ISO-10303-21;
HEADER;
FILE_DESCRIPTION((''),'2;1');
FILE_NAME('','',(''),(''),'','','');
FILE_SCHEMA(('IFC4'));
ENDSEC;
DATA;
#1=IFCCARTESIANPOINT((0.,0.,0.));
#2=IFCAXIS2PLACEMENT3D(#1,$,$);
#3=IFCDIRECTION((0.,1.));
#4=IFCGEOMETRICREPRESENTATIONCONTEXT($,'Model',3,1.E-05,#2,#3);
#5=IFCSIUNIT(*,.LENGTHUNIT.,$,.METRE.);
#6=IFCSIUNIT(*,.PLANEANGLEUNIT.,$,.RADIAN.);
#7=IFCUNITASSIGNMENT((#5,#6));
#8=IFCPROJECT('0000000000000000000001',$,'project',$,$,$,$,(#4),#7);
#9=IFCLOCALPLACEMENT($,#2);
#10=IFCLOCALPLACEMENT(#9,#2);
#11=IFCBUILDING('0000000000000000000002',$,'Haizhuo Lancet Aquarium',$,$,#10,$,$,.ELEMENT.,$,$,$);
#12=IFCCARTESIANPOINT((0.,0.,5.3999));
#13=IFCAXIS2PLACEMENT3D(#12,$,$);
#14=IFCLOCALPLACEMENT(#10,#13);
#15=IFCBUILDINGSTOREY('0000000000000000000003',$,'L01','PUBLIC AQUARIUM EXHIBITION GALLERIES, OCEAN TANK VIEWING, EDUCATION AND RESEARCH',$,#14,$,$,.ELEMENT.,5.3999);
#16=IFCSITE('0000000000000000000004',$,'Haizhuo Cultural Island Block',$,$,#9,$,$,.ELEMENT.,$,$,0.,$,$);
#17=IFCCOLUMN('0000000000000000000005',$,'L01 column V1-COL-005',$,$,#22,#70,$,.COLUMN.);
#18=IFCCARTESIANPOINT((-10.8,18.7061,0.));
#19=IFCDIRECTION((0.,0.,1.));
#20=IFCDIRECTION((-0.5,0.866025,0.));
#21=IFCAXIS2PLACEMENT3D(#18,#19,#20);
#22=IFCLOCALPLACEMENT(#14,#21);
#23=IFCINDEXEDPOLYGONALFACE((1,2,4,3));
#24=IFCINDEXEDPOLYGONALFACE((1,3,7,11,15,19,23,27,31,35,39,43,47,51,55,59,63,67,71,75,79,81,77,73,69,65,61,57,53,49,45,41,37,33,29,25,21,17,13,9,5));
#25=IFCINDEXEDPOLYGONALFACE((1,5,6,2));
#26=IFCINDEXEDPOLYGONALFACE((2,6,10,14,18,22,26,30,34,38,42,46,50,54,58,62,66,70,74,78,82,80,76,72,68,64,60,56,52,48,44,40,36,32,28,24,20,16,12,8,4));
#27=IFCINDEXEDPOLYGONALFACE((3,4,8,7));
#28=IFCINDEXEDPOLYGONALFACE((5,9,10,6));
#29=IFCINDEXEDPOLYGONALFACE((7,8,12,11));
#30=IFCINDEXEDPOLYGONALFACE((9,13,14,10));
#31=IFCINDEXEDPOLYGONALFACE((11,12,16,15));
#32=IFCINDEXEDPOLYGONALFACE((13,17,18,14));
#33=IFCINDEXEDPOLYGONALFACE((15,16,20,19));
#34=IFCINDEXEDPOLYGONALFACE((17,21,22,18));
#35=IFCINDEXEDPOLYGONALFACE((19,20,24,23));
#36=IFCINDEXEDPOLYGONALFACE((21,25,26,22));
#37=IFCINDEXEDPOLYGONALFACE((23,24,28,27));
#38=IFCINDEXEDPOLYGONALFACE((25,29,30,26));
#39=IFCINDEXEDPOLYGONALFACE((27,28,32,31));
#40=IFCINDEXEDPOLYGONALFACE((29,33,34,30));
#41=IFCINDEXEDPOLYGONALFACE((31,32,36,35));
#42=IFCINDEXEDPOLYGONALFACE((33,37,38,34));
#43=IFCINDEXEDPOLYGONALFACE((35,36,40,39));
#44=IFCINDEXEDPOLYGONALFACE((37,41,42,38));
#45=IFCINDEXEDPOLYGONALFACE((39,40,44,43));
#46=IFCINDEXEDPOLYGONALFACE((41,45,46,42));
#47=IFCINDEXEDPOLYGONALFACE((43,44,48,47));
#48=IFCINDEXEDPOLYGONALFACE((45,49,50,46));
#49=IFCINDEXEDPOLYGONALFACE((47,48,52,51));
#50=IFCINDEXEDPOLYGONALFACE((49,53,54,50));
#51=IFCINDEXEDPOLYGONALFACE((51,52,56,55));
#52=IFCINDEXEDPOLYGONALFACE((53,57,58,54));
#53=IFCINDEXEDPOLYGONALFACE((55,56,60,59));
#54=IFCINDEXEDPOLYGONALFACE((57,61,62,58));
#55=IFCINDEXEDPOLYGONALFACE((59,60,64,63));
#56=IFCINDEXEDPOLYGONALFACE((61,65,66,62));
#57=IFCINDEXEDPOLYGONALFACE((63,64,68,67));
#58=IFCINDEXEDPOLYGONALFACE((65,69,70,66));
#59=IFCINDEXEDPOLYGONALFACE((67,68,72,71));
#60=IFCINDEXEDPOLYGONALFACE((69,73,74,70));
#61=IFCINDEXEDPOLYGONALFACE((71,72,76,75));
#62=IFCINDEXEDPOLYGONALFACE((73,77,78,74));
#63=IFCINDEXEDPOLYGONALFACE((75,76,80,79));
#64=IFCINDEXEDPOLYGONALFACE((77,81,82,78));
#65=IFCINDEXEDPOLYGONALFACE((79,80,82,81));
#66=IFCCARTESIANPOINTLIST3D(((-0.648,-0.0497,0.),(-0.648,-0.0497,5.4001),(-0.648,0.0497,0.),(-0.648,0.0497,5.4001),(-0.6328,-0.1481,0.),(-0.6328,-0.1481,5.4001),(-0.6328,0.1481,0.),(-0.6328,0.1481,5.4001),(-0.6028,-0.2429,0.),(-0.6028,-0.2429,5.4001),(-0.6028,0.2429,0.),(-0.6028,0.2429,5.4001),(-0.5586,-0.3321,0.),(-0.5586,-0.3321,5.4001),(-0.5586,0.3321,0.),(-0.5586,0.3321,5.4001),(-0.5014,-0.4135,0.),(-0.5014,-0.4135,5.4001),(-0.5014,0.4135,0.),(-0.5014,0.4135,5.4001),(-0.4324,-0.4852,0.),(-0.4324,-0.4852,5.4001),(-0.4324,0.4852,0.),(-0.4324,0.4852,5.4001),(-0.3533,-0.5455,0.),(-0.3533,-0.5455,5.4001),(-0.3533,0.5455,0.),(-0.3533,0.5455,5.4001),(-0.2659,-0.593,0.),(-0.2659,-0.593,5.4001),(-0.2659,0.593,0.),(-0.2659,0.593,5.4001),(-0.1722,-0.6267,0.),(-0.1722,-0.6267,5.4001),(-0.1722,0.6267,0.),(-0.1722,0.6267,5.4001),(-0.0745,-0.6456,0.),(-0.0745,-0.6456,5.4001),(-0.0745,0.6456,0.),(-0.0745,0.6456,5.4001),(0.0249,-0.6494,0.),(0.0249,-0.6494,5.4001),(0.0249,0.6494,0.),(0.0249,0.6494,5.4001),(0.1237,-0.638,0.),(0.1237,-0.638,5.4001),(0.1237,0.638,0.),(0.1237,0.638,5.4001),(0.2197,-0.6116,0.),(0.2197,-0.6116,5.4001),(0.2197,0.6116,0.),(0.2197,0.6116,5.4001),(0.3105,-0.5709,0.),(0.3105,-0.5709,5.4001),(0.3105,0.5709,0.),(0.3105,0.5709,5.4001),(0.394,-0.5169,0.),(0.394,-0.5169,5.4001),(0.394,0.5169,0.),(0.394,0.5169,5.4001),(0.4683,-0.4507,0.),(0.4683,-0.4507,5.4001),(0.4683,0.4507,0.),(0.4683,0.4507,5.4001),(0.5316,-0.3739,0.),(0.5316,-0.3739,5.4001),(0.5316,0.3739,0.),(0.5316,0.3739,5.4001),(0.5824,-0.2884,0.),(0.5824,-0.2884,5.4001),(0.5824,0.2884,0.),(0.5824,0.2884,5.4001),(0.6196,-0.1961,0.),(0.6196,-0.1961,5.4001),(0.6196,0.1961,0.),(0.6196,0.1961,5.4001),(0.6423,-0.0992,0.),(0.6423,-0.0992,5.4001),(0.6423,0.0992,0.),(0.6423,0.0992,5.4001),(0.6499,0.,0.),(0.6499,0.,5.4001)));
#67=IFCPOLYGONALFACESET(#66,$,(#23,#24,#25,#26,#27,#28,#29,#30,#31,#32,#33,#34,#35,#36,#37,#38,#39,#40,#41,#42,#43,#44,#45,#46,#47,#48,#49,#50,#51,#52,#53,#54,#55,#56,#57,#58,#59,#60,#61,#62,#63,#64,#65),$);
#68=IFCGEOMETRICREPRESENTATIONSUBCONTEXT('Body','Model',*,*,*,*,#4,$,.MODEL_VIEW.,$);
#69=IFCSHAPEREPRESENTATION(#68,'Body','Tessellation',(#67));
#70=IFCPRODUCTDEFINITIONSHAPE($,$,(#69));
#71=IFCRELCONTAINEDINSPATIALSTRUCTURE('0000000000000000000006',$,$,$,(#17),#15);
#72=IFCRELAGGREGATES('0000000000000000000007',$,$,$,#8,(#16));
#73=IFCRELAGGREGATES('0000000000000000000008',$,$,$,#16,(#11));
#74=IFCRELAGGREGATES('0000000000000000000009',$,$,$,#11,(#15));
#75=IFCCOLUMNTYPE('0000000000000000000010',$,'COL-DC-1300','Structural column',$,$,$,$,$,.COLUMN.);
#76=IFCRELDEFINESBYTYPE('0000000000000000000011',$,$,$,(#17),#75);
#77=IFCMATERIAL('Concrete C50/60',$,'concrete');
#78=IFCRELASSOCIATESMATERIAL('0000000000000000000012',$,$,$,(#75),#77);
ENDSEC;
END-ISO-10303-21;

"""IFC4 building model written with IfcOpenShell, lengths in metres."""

from ifc_helpers import new_model, si_unit, direction, frame, origin, origin_2d, place, context, subcontext, project, spatial, circle, extrude, material, material_profile, profile_set, type_object, element, save


model = new_model("IFC4")

# Units and contexts
model_context = context("Model", 3, precision=1e-05, world=origin(), true_north=direction((0.0, 1.0)))
body_context = subcontext(model_context, "Body", "Model", "MODEL_VIEW")
ifc_project = project(units=[si_unit("LENGTHUNIT", "METRE"), si_unit("PLANEANGLEUNIT", "RADIAN")], contexts=[model_context])

# Site, building, storey
site_placement = place(None, origin())
site = spatial("IfcSite", under=ifc_project, at=site_placement, Name="Haizhuo Cultural Island Block", CompositionType="ELEMENT", RefElevation=0.0)
building_placement = place(site_placement, origin())
building = spatial("IfcBuilding", under=site, at=building_placement, Name="Haizhuo Lancet Aquarium", CompositionType="ELEMENT")
storey_placement = place(building_placement, frame((0.0, 0.0, 5.3999)))
storey = spatial("IfcBuildingStorey", under=building, at=storey_placement, Name="L01", Description="PUBLIC AQUARIUM EXHIBITION GALLERIES, OCEAN TANK VIEWING, EDUCATION AND RESEARCH", CompositionType="ELEMENT", Elevation=5.3999)

# Column
ifc_material_1 = material(Name="Concrete C50/60", Category="concrete")
ifc_material_profile_1 = material_profile(ifc_material_1, circle(Radius=0.6499, at=origin_2d()), Name="RC-DC 1300")
ifc_profile_set_1 = profile_set([ifc_material_profile_1], Name="Concrete C50/60")
column_type = type_object("IfcColumnType", Name="COL-DC-1300", Description="Structural column", PredefinedType="COLUMN", material=ifc_profile_set_1)
column_placement = place(storey_placement, frame((-10.8, 18.7061, 0.0), z_axis=(0.0, 0.0, 1.0), x_axis=(-0.5, 0.866025, 0.0)))
element("IfcColumn", 1, at=column_placement, inside=storey, type_object=column_type, Name="L01 column V1-COL-005", PredefinedType="COLUMN", context=body_context, shape_type="SweptSolid", body=[
    extrude(circle(Radius=0.6499, at=origin_2d()), origin(), (0.0, 0.0, 1.0), 5.4001),
])

save(model, "model.ifc")
